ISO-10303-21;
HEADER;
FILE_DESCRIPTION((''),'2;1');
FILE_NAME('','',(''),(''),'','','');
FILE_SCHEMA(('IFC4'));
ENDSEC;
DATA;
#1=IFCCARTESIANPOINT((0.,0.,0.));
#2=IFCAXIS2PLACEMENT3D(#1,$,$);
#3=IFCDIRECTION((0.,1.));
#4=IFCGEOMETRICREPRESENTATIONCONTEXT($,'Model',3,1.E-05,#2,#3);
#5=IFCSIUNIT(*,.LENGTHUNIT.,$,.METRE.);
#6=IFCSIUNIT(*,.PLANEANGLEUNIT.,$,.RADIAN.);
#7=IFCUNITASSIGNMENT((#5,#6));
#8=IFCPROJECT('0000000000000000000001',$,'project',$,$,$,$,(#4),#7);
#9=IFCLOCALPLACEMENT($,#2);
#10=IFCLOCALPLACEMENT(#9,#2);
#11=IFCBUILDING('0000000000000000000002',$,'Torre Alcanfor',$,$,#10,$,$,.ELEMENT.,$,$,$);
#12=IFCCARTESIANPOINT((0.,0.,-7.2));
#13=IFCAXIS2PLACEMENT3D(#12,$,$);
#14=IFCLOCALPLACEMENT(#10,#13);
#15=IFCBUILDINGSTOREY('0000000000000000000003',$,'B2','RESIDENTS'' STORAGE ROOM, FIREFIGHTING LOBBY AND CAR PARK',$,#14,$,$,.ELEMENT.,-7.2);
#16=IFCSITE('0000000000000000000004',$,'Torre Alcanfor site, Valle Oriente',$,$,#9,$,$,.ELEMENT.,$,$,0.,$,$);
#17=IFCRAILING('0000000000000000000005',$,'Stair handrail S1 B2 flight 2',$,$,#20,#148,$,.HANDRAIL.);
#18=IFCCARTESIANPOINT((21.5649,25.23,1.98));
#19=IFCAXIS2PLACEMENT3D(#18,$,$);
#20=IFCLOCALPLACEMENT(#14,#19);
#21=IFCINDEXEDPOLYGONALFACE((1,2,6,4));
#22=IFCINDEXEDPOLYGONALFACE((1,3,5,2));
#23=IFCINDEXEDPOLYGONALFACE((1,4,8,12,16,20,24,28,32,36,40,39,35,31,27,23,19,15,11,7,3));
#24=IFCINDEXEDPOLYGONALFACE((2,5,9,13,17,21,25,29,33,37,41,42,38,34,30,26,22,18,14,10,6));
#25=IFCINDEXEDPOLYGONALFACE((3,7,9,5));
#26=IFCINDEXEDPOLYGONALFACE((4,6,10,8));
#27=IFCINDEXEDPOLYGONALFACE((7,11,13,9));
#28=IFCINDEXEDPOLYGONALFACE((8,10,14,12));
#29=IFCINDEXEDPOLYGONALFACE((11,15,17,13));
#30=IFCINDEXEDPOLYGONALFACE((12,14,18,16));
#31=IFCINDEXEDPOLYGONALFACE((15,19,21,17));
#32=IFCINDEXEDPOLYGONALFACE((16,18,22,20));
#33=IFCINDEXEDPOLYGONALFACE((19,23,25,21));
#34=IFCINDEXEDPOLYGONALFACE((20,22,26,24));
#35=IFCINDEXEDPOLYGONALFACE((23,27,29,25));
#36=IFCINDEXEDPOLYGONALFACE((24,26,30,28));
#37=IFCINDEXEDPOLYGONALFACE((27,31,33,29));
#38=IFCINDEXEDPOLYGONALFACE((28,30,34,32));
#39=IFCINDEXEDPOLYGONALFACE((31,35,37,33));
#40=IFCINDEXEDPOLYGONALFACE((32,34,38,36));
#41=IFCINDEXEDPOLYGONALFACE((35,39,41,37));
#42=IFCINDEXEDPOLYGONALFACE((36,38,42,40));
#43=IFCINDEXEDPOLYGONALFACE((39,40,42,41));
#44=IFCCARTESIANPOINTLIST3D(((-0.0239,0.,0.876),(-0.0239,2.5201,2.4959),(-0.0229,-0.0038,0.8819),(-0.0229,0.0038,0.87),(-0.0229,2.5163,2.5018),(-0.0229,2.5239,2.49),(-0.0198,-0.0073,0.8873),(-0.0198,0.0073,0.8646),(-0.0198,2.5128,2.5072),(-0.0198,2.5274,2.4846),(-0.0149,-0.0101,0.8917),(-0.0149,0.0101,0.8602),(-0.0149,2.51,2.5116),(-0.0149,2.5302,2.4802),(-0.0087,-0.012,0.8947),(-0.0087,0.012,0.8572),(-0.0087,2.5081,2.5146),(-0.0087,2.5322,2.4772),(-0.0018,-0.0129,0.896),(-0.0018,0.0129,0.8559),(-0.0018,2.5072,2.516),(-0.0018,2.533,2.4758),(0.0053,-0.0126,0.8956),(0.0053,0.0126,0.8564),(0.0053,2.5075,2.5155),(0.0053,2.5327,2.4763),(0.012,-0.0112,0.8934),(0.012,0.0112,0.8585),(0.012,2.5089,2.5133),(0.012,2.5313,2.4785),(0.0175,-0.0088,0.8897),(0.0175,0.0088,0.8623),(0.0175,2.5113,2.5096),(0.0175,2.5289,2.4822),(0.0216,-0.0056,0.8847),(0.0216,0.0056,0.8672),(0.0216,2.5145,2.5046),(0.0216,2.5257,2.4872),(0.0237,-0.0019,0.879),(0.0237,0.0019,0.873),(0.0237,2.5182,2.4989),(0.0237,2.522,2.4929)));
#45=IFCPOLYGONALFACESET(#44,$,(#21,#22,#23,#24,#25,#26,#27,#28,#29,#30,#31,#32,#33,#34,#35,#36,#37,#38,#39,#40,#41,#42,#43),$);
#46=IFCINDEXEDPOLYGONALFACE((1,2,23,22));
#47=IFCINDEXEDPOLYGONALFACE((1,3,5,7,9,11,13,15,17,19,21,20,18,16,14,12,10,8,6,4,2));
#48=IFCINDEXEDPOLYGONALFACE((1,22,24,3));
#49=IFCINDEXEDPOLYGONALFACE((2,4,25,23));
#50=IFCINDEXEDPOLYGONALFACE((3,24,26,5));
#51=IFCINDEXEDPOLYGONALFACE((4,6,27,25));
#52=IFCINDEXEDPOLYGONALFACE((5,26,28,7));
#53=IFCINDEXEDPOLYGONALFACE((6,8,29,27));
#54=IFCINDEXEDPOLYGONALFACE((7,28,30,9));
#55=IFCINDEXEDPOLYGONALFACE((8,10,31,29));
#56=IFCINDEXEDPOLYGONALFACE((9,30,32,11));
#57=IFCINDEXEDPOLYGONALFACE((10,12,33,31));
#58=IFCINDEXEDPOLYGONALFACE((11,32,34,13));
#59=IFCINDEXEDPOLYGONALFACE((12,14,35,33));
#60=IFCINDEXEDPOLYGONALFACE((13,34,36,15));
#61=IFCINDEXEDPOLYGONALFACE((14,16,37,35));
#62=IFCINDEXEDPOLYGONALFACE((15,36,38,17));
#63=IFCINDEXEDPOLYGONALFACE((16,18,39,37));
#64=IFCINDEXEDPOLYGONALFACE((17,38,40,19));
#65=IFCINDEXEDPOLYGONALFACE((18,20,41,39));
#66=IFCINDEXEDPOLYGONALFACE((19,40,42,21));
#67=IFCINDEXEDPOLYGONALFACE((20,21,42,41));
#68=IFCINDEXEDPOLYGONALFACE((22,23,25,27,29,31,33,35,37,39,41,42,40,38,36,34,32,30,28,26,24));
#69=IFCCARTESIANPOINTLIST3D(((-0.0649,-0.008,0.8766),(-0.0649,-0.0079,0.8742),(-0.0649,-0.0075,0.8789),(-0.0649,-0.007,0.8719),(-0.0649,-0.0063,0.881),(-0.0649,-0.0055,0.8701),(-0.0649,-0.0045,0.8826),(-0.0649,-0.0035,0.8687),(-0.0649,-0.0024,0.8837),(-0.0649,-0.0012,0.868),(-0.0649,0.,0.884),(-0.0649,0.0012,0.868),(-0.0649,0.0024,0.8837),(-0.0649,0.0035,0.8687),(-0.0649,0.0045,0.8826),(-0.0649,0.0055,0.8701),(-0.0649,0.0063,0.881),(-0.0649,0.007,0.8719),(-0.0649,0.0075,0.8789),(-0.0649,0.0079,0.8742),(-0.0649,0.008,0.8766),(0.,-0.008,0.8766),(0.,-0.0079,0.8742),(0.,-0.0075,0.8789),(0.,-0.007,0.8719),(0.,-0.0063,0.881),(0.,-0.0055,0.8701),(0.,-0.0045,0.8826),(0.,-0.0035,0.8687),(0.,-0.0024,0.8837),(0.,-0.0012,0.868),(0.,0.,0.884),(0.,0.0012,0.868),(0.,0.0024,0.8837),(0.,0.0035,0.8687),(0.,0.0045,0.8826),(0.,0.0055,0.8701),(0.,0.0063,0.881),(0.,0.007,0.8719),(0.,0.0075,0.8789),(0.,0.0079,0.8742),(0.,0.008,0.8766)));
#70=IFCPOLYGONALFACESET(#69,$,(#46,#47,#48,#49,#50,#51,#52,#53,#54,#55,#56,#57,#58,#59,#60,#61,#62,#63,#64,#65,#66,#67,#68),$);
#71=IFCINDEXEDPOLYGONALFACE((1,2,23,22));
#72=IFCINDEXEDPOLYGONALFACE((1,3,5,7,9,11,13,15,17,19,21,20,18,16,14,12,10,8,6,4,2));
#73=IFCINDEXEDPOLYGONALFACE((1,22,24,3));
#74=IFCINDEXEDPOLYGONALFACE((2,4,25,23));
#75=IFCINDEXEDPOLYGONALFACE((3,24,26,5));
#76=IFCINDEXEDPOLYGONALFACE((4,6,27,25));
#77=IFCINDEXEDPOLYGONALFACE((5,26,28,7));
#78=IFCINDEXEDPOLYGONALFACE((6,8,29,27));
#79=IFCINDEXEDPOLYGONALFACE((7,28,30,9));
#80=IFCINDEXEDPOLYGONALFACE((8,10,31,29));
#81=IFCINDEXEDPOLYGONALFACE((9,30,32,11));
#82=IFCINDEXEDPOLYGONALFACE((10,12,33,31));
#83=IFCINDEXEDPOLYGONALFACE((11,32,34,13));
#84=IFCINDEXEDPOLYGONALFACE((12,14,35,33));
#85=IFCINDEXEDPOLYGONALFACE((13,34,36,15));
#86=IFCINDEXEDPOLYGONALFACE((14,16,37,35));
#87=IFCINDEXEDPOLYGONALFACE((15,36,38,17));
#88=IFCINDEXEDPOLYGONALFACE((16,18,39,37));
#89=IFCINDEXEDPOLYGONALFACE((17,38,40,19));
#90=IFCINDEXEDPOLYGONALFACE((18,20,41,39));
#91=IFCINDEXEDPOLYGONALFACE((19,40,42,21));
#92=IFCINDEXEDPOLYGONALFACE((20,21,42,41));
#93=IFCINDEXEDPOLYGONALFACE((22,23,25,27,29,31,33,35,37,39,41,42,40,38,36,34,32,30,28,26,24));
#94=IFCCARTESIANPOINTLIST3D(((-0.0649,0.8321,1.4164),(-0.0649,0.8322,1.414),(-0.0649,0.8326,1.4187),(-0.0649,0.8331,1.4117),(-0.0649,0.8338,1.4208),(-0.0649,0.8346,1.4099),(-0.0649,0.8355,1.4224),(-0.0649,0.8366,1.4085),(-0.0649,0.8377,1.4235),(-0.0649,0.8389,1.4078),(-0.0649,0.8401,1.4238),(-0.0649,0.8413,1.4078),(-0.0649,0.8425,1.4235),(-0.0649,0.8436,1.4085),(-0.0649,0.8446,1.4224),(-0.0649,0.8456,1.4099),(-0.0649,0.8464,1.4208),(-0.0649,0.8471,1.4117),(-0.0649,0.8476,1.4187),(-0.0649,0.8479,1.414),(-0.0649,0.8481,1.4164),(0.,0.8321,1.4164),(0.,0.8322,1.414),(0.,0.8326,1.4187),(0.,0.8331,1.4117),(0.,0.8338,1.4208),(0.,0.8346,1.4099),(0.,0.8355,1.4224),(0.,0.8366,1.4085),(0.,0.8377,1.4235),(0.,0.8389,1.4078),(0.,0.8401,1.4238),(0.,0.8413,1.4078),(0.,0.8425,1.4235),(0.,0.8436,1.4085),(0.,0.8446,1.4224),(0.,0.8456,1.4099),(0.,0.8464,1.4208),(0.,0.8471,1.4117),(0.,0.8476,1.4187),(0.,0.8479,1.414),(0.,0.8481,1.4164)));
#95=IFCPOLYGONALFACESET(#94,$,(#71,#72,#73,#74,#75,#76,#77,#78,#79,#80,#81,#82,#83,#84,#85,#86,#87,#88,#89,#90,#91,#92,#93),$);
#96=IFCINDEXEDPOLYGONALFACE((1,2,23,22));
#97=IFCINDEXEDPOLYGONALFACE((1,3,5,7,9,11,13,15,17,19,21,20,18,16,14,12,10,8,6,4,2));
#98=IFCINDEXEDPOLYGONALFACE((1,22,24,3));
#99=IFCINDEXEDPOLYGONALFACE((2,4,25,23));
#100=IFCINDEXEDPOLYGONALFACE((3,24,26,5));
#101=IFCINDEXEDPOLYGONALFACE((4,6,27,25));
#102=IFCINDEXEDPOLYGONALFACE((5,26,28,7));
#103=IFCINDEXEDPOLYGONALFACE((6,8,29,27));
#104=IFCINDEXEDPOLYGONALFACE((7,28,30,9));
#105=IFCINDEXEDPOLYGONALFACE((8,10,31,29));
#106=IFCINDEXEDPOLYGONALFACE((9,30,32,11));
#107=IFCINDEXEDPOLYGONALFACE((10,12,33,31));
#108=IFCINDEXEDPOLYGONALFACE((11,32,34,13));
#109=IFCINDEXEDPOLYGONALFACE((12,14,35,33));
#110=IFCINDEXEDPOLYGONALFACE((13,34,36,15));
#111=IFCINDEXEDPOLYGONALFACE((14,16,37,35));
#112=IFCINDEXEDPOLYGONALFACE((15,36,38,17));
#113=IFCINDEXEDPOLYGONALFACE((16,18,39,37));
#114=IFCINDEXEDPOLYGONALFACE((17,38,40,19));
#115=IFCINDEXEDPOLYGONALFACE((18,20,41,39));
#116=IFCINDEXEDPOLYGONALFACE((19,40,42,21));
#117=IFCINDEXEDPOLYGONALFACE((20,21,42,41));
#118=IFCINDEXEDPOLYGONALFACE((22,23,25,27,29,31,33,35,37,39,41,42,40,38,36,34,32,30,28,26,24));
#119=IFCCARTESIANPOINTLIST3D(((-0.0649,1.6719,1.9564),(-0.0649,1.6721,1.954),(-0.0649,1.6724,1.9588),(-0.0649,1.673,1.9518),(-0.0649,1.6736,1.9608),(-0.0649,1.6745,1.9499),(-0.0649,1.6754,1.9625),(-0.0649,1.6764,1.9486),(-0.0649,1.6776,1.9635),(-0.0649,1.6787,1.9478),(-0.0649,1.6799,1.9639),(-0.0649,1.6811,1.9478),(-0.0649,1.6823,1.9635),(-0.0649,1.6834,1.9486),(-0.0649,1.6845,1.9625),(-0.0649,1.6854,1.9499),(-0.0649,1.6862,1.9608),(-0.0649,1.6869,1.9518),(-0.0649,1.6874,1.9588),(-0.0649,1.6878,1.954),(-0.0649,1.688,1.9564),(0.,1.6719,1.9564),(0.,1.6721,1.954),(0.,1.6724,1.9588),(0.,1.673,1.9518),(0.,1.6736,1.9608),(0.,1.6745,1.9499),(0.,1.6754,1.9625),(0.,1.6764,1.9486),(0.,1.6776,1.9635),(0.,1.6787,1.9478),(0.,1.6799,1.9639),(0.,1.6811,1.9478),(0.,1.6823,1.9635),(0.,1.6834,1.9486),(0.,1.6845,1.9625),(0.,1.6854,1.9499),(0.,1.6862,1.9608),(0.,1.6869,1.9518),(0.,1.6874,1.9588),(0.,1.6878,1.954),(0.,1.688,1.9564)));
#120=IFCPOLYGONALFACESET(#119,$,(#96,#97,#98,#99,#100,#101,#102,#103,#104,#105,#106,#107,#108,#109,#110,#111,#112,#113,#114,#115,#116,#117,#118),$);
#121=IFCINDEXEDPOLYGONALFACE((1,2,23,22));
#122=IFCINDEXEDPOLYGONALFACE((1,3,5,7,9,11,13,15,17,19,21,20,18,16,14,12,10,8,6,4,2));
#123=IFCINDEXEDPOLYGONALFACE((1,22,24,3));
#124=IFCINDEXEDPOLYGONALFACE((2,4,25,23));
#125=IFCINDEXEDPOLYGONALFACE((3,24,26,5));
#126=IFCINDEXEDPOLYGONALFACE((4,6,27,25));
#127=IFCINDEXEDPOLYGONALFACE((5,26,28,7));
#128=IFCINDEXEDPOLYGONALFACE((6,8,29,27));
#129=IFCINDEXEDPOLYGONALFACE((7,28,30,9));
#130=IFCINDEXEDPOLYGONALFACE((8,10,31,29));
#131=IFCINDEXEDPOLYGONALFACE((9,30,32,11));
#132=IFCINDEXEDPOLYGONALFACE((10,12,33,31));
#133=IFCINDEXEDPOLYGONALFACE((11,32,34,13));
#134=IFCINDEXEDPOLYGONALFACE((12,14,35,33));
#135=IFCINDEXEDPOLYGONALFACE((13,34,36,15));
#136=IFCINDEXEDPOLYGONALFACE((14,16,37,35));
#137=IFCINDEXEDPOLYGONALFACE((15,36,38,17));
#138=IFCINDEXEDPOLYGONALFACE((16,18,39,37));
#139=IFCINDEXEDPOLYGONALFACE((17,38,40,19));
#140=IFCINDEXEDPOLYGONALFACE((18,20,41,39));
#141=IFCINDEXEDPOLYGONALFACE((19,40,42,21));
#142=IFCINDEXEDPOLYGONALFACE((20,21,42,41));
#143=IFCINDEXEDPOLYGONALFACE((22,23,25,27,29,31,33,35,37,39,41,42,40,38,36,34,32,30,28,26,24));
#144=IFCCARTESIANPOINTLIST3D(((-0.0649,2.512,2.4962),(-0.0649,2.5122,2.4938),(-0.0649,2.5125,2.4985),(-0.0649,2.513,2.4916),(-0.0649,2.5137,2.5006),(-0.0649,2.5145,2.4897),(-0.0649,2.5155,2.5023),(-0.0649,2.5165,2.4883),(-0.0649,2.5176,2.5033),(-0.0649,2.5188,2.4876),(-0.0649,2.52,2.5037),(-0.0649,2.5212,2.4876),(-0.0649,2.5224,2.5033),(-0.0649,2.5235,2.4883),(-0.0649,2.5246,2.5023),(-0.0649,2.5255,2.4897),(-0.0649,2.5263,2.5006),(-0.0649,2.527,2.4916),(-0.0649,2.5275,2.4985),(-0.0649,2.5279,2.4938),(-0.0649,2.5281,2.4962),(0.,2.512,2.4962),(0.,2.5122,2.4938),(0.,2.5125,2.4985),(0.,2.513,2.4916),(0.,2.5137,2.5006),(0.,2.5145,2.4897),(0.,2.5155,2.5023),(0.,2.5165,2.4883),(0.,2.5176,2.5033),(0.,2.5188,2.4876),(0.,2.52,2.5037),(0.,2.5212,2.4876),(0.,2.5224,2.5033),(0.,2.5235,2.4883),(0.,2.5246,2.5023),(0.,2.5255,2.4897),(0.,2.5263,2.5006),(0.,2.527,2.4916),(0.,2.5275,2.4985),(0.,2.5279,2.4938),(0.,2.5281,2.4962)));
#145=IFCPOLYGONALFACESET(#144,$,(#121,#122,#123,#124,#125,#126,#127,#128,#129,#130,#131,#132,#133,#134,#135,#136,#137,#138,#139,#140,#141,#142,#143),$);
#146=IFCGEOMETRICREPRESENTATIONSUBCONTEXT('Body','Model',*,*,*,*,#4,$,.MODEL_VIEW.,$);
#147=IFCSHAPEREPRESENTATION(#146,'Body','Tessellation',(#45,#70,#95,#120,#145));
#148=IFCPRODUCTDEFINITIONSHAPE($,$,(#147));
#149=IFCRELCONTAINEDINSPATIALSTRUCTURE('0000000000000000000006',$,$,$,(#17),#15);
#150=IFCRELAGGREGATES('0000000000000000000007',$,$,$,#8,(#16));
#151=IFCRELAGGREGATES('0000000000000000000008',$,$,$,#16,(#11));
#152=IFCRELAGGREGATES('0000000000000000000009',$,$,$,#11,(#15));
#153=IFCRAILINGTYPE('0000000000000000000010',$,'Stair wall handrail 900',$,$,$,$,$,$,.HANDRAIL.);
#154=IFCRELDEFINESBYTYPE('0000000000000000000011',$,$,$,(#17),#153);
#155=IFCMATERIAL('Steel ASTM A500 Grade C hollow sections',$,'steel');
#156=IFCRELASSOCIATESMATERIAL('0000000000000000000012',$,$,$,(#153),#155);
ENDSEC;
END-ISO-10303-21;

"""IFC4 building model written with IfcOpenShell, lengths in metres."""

from ifc_helpers import new_model, si_unit, direction, frame, origin, origin_2d, place, context, subcontext, project, spatial, circle, extrude, material, type_object, element, save


model = new_model("IFC4")

# Units and contexts
model_context = context("Model", 3, precision=1e-05, world=origin(), true_north=direction((0.0, 1.0)))
body_context = subcontext(model_context, "Body", "Model", "MODEL_VIEW")
ifc_project = project(units=[si_unit("LENGTHUNIT", "METRE"), si_unit("PLANEANGLEUNIT", "RADIAN")], contexts=[model_context])

# Site, building, storey
site_placement = place(None, origin())
site = spatial("IfcSite", under=ifc_project, at=site_placement, Name="Torre Alcanfor site, Valle Oriente", CompositionType="ELEMENT", RefElevation=0.0)
building_placement = place(site_placement, origin())
building = spatial("IfcBuilding", under=site, at=building_placement, Name="Torre Alcanfor", CompositionType="ELEMENT")
storey_placement = place(building_placement, frame((0.0, 0.0, -7.2)))
storey = spatial("IfcBuildingStorey", under=building, at=storey_placement, Name="B2", Description="RESIDENTS' STORAGE ROOM, FIREFIGHTING LOBBY AND CAR PARK", CompositionType="ELEMENT", Elevation=-7.2)

# Railing
ifc_material_1 = material(Name="Steel ASTM A500 Grade C hollow sections", Category="steel")
railing_type_1 = type_object("IfcRailingType", Name="Stair wall handrail 900", PredefinedType="HANDRAIL", material=ifc_material_1)
railing_1_placement = place(storey_placement, frame((21.5649, 25.23, 1.98)))
element("IfcRailing", 1, at=railing_1_placement, inside=storey, type_object=railing_type_1, Name="Stair handrail S1 B2 flight 2", PredefinedType="HANDRAIL", context=body_context, shape_type="SweptSolid", body=[
    extrude(circle(Radius=0.0239, at=origin_2d()), frame((0.0, 0.0, 0.876), z_axis=(0.0, 0.8412, 0.540725), x_axis=(-1.0, 0.0, 0.0)), (0.0, 0.0, 1.0), 2.9958),
    extrude(circle(Radius=0.0081, at=origin_2d()), frame((0.0, 0.0, 0.876), z_axis=(-1.0, 0.0, 0.0), x_axis=(0.0, 0.0, 1.0)), (0.0, 0.0, 1.0), 0.0649),
    extrude(circle(Radius=0.0081, at=origin_2d()), frame((0.0, 0.8401, 1.4158), z_axis=(-1.0, 0.0, 0.0), x_axis=(0.0, 0.0, 1.0)), (0.0, 0.0, 1.0), 0.0649),
    extrude(circle(Radius=0.0081, at=origin_2d()), frame((0.0, 1.6799, 1.9558), z_axis=(-1.0, 0.0, 0.0), x_axis=(0.0, 0.0, 1.0)), (0.0, 0.0, 1.0), 0.0649),
    extrude(circle(Radius=0.0081, at=origin_2d()), frame((0.0, 2.52, 2.4956), z_axis=(-1.0, 0.0, 0.0), x_axis=(0.0, 0.0, 1.0)), (0.0, 0.0, 1.0), 0.0649),
])

save(model, "model.ifc")
